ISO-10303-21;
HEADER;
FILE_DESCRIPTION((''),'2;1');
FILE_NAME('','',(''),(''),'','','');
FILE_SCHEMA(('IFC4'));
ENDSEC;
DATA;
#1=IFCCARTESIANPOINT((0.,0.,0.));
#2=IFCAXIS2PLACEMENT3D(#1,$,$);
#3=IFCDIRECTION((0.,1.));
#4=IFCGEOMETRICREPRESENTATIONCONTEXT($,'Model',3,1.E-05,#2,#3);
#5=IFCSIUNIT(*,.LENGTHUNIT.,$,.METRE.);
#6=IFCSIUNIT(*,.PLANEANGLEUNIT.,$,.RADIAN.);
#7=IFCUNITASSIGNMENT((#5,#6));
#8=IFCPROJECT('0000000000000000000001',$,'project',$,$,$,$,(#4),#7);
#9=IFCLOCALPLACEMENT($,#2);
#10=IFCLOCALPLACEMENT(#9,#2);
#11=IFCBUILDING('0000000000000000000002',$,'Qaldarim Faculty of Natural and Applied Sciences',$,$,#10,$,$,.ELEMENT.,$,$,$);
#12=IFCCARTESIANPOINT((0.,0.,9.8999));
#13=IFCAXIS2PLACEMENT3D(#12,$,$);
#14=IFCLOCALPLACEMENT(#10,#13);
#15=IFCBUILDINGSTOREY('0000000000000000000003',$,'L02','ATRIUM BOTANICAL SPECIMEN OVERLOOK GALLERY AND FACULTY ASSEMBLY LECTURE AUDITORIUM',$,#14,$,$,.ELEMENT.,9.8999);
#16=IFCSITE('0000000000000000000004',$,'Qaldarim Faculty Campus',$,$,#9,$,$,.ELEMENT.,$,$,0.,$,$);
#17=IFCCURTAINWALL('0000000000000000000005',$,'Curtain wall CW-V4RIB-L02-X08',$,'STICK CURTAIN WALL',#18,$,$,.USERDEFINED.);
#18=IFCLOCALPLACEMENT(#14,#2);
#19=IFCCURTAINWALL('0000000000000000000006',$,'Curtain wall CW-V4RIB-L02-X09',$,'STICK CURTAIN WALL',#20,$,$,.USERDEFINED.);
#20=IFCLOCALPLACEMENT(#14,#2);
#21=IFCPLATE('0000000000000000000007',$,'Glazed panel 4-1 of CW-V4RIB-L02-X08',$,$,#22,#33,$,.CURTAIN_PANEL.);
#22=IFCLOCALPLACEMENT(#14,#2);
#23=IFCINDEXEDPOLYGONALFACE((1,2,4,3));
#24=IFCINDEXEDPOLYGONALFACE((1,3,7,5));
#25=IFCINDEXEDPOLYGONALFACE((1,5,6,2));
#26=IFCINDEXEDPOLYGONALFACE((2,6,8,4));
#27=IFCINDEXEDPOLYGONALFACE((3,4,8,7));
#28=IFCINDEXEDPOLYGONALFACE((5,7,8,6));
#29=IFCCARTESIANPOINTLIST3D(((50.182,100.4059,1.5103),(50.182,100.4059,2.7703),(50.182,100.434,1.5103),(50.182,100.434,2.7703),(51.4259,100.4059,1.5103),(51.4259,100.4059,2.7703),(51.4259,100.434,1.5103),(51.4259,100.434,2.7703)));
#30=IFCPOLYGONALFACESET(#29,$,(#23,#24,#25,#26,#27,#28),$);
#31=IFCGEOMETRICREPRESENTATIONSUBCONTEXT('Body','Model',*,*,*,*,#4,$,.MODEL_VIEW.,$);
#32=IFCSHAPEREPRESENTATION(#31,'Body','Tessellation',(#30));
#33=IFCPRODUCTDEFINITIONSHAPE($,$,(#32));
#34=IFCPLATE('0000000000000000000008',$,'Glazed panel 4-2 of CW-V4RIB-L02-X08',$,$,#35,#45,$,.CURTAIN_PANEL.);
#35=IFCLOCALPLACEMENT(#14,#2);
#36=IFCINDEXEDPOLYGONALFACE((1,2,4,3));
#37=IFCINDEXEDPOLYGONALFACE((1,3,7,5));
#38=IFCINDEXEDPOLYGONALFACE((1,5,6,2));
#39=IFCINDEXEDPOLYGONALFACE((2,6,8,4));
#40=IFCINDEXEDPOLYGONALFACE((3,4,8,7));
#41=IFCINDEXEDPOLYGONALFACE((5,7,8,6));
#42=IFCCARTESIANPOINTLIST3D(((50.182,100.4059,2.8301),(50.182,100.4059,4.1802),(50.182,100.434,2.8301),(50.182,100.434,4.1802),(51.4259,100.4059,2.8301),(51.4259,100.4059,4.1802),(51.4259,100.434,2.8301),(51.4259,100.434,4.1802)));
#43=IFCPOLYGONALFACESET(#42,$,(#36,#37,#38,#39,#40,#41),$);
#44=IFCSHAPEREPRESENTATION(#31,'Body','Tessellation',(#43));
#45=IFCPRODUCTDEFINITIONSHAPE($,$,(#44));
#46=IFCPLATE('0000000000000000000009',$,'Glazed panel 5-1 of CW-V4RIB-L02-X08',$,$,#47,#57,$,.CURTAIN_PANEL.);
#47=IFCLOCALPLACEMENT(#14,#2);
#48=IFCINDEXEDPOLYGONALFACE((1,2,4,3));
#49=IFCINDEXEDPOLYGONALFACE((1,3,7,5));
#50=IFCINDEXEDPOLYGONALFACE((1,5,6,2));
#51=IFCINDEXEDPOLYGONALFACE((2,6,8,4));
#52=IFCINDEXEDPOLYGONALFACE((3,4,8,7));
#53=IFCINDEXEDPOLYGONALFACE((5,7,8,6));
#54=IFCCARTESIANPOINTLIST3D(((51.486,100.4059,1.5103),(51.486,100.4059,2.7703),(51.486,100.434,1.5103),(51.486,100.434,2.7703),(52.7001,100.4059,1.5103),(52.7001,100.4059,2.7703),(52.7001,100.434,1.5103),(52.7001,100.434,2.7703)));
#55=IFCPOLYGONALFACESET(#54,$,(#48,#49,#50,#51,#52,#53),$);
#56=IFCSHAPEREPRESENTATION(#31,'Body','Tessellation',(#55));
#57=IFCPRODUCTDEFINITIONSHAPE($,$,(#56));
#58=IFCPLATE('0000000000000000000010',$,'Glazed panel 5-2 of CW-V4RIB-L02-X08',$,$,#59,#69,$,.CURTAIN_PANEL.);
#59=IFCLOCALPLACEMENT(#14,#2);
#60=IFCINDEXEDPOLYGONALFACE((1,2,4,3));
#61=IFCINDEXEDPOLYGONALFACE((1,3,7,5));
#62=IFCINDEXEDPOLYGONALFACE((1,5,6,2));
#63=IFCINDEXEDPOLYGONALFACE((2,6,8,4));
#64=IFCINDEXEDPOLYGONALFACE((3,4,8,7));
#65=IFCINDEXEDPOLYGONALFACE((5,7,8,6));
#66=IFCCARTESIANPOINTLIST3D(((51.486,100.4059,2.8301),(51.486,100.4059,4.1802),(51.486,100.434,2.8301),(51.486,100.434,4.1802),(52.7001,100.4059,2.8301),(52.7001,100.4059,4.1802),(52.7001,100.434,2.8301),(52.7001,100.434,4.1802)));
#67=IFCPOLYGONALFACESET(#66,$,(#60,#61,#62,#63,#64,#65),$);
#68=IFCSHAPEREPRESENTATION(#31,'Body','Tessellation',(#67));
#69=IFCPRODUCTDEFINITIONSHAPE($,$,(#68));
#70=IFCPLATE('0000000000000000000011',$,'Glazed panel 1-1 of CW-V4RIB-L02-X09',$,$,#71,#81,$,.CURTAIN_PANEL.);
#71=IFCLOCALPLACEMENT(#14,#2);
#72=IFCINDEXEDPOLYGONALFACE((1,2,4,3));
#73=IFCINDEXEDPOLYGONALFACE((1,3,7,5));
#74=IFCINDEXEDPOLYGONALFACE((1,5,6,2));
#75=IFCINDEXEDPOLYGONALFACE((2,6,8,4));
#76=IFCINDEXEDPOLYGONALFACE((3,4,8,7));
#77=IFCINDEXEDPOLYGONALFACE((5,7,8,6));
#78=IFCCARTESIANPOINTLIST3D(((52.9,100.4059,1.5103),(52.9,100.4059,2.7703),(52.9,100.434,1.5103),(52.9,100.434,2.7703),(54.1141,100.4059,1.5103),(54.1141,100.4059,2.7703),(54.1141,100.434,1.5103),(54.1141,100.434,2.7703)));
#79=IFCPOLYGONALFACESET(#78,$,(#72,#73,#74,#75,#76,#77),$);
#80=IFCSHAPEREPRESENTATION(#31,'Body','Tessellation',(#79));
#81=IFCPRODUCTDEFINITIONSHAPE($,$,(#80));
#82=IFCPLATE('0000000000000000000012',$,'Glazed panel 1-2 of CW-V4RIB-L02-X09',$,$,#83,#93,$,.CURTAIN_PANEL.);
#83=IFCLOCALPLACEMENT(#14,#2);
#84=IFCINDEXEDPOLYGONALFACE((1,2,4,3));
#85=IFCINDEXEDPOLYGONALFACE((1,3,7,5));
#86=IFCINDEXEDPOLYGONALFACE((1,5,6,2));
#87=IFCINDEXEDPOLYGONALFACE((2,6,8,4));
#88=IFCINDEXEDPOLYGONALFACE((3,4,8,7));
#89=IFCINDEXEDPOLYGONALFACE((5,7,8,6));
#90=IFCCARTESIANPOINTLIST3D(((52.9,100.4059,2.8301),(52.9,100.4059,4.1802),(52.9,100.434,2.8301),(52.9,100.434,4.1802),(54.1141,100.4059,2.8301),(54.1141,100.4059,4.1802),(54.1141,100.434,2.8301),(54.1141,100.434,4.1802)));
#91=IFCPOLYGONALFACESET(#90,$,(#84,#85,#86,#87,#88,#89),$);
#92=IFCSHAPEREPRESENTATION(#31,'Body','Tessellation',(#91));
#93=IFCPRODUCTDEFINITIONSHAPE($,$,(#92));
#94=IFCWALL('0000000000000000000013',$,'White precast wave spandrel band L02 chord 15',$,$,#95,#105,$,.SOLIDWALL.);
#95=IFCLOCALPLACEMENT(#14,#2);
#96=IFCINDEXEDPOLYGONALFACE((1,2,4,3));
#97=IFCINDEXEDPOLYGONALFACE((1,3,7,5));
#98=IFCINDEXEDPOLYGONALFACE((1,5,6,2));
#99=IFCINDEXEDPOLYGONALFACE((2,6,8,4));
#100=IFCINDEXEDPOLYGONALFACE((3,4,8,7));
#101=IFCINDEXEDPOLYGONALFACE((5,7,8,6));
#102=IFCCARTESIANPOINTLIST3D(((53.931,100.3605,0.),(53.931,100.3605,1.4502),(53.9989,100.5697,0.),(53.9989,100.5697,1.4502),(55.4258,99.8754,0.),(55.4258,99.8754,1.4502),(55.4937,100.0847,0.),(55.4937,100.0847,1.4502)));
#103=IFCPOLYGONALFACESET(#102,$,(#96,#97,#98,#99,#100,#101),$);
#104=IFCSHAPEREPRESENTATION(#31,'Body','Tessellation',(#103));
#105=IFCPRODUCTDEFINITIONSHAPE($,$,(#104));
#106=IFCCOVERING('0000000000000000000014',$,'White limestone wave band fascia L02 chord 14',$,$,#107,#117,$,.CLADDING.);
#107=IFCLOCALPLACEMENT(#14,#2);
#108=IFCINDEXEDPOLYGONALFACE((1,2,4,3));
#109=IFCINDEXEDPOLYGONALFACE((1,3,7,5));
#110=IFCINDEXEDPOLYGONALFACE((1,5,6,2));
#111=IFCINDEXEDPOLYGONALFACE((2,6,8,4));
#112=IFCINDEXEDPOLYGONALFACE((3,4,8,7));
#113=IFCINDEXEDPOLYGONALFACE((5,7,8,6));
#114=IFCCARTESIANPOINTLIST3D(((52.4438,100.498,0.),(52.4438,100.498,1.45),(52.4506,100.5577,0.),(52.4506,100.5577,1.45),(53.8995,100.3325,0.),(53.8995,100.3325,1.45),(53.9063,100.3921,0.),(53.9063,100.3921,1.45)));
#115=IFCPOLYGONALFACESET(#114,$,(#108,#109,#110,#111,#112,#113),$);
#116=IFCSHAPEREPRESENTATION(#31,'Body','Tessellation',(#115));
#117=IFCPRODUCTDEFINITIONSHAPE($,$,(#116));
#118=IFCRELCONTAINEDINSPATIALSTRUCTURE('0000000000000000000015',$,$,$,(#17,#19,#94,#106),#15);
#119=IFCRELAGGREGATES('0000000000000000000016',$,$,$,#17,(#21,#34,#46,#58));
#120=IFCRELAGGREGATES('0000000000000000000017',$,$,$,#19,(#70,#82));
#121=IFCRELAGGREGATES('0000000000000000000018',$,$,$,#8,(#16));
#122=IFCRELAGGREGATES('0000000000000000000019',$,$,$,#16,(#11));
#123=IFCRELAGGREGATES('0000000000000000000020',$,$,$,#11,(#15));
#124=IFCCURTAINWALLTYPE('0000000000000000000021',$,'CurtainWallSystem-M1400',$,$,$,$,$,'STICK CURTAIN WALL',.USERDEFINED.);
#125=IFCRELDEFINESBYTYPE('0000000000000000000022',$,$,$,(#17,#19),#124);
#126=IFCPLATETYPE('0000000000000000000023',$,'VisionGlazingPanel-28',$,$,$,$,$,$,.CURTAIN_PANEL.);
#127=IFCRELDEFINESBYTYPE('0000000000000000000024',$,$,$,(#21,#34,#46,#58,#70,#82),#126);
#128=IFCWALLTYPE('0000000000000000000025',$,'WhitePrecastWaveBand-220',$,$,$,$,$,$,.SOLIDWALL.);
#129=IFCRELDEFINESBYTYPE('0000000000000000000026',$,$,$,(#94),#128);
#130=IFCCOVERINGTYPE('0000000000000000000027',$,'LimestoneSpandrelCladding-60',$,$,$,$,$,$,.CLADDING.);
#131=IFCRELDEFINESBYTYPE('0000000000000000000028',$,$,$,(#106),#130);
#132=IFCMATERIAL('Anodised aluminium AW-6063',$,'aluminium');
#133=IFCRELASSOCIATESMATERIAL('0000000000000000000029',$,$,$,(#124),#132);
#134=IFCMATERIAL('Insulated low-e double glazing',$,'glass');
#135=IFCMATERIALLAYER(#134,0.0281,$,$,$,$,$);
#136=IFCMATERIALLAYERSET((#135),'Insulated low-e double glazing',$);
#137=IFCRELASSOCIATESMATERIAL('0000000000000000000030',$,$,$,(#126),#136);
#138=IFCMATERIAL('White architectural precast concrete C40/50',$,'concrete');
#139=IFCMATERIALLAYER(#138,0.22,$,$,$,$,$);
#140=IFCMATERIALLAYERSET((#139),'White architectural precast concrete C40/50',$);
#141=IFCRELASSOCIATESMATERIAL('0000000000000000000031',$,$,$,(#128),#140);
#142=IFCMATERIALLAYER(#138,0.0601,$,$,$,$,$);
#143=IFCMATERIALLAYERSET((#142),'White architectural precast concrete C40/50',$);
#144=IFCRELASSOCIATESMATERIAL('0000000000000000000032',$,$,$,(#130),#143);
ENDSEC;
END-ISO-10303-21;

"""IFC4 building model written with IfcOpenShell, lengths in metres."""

from ifc_helpers import new_model, si_unit, direction, frame, frame_2d, origin, origin_2d, place, context, subcontext, project, spatial, rectangle, extrude, material, layer, layer_set, type_object, element, aggregate, save


model = new_model("IFC4")

# Units and contexts
model_context = context("Model", 3, precision=1e-05, world=origin(), true_north=direction((0.0, 1.0)))
body_context = subcontext(model_context, "Body", "Model", "MODEL_VIEW")
ifc_project = project(units=[si_unit("LENGTHUNIT", "METRE"), si_unit("PLANEANGLEUNIT", "RADIAN")], contexts=[model_context])

# Site, building, storey
site_placement = place(None, origin())
site = spatial("IfcSite", under=ifc_project, at=site_placement, Name="Qaldarim Faculty Campus", CompositionType="ELEMENT", RefElevation=0.0)
building_placement = place(site_placement, origin())
building = spatial("IfcBuilding", under=site, at=building_placement, Name="Qaldarim Faculty of Natural and Applied Sciences", CompositionType="ELEMENT")
storey_placement = place(building_placement, frame((0.0, 0.0, 9.8999)))
storey = spatial("IfcBuildingStorey", under=building, at=storey_placement, Name="L02", Description="ATRIUM BOTANICAL SPECIMEN OVERLOOK GALLERY AND FACULTY ASSEMBLY LECTURE AUDITORIUM", CompositionType="ELEMENT", Elevation=9.8999)

# Curtain walls
ifc_material_1 = material(Name="Anodised aluminium AW-6063", Category="aluminium")
curtain_wall_type = type_object("IfcCurtainWallType", Name="CurtainWallSystem-M1400", ElementType="STICK CURTAIN WALL", PredefinedType="USERDEFINED", material=ifc_material_1)
curtain_wall_1_placement = place(storey_placement, origin())
curtain_wall_1 = element("IfcCurtainWall", 1, at=curtain_wall_1_placement, inside=storey, type_object=curtain_wall_type, Name="Curtain wall CW-V4RIB-L02-X08", ObjectType="STICK CURTAIN WALL", PredefinedType="USERDEFINED")
curtain_wall_2_placement = place(storey_placement, origin())
curtain_wall_2 = element("IfcCurtainWall", 2, at=curtain_wall_2_placement, inside=storey, type_object=curtain_wall_type, Name="Curtain wall CW-V4RIB-L02-X09", ObjectType="STICK CURTAIN WALL", PredefinedType="USERDEFINED")

# Plates
ifc_material_2 = material(Name="Insulated low-e double glazing", Category="glass")
ifc_layer_1 = layer(ifc_material_2, 0.0281)
ifc_layer_set_1 = layer_set([ifc_layer_1], Name="Insulated low-e double glazing")
plate_type = type_object("IfcPlateType", Name="VisionGlazingPanel-28", PredefinedType="CURTAIN_PANEL", material=ifc_layer_set_1)
plate_1_placement = place(storey_placement, frame((50.804, 100.4199, 1.5103), z_axis=(0.0, 0.0, 1.0), x_axis=(1.0, 0.0, 0.0)))
plate_1 = element("IfcPlate", 3, at=plate_1_placement, type_object=plate_type, Name="Glazed panel 4-1 of CW-V4RIB-L02-X08", PredefinedType="CURTAIN_PANEL", context=body_context, shape_type="SweptSolid", body=[
    extrude(rectangle(XDim=1.2439, YDim=0.0281, at=origin_2d()), origin(), (0.0, 0.0, 1.0), 1.26),
])
plate_2_placement = place(storey_placement, frame((50.804, 100.4199, 2.8301), z_axis=(0.0, 0.0, 1.0), x_axis=(1.0, 0.0, 0.0)))
plate_2 = element("IfcPlate", 4, at=plate_2_placement, type_object=plate_type, Name="Glazed panel 4-2 of CW-V4RIB-L02-X08", PredefinedType="CURTAIN_PANEL", context=body_context, shape_type="SweptSolid", body=[
    extrude(rectangle(XDim=1.2439, YDim=0.0281, at=origin_2d()), origin(), (0.0, 0.0, 1.0), 1.3501),
])
plate_3_placement = place(storey_placement, frame((52.093, 100.4199, 1.5103), z_axis=(0.0, 0.0, 1.0), x_axis=(1.0, 0.0, 0.0)))
plate_3 = element("IfcPlate", 5, at=plate_3_placement, type_object=plate_type, Name="Glazed panel 5-1 of CW-V4RIB-L02-X08", PredefinedType="CURTAIN_PANEL", context=body_context, shape_type="SweptSolid", body=[
    extrude(rectangle(XDim=1.2141, YDim=0.0281, at=origin_2d()), origin(), (0.0, 0.0, 1.0), 1.26),
])
plate_4_placement = place(storey_placement, frame((52.093, 100.4199, 2.8301), z_axis=(0.0, 0.0, 1.0), x_axis=(1.0, 0.0, 0.0)))
plate_4 = element("IfcPlate", 6, at=plate_4_placement, type_object=plate_type, Name="Glazed panel 5-2 of CW-V4RIB-L02-X08", PredefinedType="CURTAIN_PANEL", context=body_context, shape_type="SweptSolid", body=[
    extrude(rectangle(XDim=1.2141, YDim=0.0281, at=origin_2d()), origin(), (0.0, 0.0, 1.0), 1.3501),
])
aggregate(curtain_wall_1, [plate_1, plate_2, plate_3, plate_4])
plate_5_placement = place(storey_placement, frame((53.5071, 100.4199, 1.5103), z_axis=(0.0, 0.0, 1.0), x_axis=(1.0, 0.0, 0.0)))
plate_5 = element("IfcPlate", 7, at=plate_5_placement, type_object=plate_type, Name="Glazed panel 1-1 of CW-V4RIB-L02-X09", PredefinedType="CURTAIN_PANEL", context=body_context, shape_type="SweptSolid", body=[
    extrude(rectangle(XDim=1.2141, YDim=0.0281, at=origin_2d()), origin(), (0.0, 0.0, 1.0), 1.26),
])
plate_6_placement = place(storey_placement, frame((53.5071, 100.4199, 2.8301), z_axis=(0.0, 0.0, 1.0), x_axis=(1.0, 0.0, 0.0)))
plate_6 = element("IfcPlate", 8, at=plate_6_placement, type_object=plate_type, Name="Glazed panel 1-2 of CW-V4RIB-L02-X09", PredefinedType="CURTAIN_PANEL", context=body_context, shape_type="SweptSolid", body=[
    extrude(rectangle(XDim=1.2141, YDim=0.0281, at=origin_2d()), origin(), (0.0, 0.0, 1.0), 1.3501),
])
aggregate(curtain_wall_2, [plate_5, plate_6])

# Wall
ifc_material_3 = material(Name="White architectural precast concrete C40/50", Category="concrete")
ifc_layer_2 = layer(ifc_material_3, 0.22)
ifc_layer_set_2 = layer_set([ifc_layer_2], Name="White architectural precast concrete C40/50")
wall_type = type_object("IfcWallType", Name="WhitePrecastWaveBand-220", PredefinedType="SOLIDWALL", material=ifc_layer_set_2)
wall_placement = place(storey_placement, frame((53.9651, 100.4651, 0.0), z_axis=(0.0, 0.0, 1.0), x_axis=(0.95117, -0.308668, 0.0)))
element("IfcWall", 9, at=wall_placement, inside=storey, type_object=wall_type, Name="White precast wave spandrel band L02 chord 15", PredefinedType="SOLIDWALL", context=body_context, shape_type="SweptSolid", body=[
    extrude(rectangle(XDim=1.5715, YDim=0.22, at=frame_2d((0.7856, 0.0))), origin(), (0.0, 0.0, 1.0), 1.4502),
])

# Covering
ifc_layer_3 = layer(ifc_material_3, 0.0601)
ifc_layer_set_3 = layer_set([ifc_layer_3], Name="White architectural precast concrete C40/50")
covering_type = type_object("IfcCoveringType", Name="LimestoneSpandrelCladding-60", PredefinedType="CLADDING", material=ifc_layer_set_3)
covering_placement = place(storey_placement, frame((53.175, 100.4451, 0.0), z_axis=(0.0, 0.0, 1.0), x_axis=(0.993598, -0.112978, 0.0)))
element("IfcCovering", 10, at=covering_placement, inside=storey, type_object=covering_type, Name="White limestone wave band fascia L02 chord 14", PredefinedType="CLADDING", context=body_context, shape_type="SweptSolid", body=[
    extrude(rectangle(XDim=1.4651, YDim=0.0601, at=origin_2d()), origin(), (0.0, 0.0, 1.0), 1.45),
])

save(model, "model.ifc")
